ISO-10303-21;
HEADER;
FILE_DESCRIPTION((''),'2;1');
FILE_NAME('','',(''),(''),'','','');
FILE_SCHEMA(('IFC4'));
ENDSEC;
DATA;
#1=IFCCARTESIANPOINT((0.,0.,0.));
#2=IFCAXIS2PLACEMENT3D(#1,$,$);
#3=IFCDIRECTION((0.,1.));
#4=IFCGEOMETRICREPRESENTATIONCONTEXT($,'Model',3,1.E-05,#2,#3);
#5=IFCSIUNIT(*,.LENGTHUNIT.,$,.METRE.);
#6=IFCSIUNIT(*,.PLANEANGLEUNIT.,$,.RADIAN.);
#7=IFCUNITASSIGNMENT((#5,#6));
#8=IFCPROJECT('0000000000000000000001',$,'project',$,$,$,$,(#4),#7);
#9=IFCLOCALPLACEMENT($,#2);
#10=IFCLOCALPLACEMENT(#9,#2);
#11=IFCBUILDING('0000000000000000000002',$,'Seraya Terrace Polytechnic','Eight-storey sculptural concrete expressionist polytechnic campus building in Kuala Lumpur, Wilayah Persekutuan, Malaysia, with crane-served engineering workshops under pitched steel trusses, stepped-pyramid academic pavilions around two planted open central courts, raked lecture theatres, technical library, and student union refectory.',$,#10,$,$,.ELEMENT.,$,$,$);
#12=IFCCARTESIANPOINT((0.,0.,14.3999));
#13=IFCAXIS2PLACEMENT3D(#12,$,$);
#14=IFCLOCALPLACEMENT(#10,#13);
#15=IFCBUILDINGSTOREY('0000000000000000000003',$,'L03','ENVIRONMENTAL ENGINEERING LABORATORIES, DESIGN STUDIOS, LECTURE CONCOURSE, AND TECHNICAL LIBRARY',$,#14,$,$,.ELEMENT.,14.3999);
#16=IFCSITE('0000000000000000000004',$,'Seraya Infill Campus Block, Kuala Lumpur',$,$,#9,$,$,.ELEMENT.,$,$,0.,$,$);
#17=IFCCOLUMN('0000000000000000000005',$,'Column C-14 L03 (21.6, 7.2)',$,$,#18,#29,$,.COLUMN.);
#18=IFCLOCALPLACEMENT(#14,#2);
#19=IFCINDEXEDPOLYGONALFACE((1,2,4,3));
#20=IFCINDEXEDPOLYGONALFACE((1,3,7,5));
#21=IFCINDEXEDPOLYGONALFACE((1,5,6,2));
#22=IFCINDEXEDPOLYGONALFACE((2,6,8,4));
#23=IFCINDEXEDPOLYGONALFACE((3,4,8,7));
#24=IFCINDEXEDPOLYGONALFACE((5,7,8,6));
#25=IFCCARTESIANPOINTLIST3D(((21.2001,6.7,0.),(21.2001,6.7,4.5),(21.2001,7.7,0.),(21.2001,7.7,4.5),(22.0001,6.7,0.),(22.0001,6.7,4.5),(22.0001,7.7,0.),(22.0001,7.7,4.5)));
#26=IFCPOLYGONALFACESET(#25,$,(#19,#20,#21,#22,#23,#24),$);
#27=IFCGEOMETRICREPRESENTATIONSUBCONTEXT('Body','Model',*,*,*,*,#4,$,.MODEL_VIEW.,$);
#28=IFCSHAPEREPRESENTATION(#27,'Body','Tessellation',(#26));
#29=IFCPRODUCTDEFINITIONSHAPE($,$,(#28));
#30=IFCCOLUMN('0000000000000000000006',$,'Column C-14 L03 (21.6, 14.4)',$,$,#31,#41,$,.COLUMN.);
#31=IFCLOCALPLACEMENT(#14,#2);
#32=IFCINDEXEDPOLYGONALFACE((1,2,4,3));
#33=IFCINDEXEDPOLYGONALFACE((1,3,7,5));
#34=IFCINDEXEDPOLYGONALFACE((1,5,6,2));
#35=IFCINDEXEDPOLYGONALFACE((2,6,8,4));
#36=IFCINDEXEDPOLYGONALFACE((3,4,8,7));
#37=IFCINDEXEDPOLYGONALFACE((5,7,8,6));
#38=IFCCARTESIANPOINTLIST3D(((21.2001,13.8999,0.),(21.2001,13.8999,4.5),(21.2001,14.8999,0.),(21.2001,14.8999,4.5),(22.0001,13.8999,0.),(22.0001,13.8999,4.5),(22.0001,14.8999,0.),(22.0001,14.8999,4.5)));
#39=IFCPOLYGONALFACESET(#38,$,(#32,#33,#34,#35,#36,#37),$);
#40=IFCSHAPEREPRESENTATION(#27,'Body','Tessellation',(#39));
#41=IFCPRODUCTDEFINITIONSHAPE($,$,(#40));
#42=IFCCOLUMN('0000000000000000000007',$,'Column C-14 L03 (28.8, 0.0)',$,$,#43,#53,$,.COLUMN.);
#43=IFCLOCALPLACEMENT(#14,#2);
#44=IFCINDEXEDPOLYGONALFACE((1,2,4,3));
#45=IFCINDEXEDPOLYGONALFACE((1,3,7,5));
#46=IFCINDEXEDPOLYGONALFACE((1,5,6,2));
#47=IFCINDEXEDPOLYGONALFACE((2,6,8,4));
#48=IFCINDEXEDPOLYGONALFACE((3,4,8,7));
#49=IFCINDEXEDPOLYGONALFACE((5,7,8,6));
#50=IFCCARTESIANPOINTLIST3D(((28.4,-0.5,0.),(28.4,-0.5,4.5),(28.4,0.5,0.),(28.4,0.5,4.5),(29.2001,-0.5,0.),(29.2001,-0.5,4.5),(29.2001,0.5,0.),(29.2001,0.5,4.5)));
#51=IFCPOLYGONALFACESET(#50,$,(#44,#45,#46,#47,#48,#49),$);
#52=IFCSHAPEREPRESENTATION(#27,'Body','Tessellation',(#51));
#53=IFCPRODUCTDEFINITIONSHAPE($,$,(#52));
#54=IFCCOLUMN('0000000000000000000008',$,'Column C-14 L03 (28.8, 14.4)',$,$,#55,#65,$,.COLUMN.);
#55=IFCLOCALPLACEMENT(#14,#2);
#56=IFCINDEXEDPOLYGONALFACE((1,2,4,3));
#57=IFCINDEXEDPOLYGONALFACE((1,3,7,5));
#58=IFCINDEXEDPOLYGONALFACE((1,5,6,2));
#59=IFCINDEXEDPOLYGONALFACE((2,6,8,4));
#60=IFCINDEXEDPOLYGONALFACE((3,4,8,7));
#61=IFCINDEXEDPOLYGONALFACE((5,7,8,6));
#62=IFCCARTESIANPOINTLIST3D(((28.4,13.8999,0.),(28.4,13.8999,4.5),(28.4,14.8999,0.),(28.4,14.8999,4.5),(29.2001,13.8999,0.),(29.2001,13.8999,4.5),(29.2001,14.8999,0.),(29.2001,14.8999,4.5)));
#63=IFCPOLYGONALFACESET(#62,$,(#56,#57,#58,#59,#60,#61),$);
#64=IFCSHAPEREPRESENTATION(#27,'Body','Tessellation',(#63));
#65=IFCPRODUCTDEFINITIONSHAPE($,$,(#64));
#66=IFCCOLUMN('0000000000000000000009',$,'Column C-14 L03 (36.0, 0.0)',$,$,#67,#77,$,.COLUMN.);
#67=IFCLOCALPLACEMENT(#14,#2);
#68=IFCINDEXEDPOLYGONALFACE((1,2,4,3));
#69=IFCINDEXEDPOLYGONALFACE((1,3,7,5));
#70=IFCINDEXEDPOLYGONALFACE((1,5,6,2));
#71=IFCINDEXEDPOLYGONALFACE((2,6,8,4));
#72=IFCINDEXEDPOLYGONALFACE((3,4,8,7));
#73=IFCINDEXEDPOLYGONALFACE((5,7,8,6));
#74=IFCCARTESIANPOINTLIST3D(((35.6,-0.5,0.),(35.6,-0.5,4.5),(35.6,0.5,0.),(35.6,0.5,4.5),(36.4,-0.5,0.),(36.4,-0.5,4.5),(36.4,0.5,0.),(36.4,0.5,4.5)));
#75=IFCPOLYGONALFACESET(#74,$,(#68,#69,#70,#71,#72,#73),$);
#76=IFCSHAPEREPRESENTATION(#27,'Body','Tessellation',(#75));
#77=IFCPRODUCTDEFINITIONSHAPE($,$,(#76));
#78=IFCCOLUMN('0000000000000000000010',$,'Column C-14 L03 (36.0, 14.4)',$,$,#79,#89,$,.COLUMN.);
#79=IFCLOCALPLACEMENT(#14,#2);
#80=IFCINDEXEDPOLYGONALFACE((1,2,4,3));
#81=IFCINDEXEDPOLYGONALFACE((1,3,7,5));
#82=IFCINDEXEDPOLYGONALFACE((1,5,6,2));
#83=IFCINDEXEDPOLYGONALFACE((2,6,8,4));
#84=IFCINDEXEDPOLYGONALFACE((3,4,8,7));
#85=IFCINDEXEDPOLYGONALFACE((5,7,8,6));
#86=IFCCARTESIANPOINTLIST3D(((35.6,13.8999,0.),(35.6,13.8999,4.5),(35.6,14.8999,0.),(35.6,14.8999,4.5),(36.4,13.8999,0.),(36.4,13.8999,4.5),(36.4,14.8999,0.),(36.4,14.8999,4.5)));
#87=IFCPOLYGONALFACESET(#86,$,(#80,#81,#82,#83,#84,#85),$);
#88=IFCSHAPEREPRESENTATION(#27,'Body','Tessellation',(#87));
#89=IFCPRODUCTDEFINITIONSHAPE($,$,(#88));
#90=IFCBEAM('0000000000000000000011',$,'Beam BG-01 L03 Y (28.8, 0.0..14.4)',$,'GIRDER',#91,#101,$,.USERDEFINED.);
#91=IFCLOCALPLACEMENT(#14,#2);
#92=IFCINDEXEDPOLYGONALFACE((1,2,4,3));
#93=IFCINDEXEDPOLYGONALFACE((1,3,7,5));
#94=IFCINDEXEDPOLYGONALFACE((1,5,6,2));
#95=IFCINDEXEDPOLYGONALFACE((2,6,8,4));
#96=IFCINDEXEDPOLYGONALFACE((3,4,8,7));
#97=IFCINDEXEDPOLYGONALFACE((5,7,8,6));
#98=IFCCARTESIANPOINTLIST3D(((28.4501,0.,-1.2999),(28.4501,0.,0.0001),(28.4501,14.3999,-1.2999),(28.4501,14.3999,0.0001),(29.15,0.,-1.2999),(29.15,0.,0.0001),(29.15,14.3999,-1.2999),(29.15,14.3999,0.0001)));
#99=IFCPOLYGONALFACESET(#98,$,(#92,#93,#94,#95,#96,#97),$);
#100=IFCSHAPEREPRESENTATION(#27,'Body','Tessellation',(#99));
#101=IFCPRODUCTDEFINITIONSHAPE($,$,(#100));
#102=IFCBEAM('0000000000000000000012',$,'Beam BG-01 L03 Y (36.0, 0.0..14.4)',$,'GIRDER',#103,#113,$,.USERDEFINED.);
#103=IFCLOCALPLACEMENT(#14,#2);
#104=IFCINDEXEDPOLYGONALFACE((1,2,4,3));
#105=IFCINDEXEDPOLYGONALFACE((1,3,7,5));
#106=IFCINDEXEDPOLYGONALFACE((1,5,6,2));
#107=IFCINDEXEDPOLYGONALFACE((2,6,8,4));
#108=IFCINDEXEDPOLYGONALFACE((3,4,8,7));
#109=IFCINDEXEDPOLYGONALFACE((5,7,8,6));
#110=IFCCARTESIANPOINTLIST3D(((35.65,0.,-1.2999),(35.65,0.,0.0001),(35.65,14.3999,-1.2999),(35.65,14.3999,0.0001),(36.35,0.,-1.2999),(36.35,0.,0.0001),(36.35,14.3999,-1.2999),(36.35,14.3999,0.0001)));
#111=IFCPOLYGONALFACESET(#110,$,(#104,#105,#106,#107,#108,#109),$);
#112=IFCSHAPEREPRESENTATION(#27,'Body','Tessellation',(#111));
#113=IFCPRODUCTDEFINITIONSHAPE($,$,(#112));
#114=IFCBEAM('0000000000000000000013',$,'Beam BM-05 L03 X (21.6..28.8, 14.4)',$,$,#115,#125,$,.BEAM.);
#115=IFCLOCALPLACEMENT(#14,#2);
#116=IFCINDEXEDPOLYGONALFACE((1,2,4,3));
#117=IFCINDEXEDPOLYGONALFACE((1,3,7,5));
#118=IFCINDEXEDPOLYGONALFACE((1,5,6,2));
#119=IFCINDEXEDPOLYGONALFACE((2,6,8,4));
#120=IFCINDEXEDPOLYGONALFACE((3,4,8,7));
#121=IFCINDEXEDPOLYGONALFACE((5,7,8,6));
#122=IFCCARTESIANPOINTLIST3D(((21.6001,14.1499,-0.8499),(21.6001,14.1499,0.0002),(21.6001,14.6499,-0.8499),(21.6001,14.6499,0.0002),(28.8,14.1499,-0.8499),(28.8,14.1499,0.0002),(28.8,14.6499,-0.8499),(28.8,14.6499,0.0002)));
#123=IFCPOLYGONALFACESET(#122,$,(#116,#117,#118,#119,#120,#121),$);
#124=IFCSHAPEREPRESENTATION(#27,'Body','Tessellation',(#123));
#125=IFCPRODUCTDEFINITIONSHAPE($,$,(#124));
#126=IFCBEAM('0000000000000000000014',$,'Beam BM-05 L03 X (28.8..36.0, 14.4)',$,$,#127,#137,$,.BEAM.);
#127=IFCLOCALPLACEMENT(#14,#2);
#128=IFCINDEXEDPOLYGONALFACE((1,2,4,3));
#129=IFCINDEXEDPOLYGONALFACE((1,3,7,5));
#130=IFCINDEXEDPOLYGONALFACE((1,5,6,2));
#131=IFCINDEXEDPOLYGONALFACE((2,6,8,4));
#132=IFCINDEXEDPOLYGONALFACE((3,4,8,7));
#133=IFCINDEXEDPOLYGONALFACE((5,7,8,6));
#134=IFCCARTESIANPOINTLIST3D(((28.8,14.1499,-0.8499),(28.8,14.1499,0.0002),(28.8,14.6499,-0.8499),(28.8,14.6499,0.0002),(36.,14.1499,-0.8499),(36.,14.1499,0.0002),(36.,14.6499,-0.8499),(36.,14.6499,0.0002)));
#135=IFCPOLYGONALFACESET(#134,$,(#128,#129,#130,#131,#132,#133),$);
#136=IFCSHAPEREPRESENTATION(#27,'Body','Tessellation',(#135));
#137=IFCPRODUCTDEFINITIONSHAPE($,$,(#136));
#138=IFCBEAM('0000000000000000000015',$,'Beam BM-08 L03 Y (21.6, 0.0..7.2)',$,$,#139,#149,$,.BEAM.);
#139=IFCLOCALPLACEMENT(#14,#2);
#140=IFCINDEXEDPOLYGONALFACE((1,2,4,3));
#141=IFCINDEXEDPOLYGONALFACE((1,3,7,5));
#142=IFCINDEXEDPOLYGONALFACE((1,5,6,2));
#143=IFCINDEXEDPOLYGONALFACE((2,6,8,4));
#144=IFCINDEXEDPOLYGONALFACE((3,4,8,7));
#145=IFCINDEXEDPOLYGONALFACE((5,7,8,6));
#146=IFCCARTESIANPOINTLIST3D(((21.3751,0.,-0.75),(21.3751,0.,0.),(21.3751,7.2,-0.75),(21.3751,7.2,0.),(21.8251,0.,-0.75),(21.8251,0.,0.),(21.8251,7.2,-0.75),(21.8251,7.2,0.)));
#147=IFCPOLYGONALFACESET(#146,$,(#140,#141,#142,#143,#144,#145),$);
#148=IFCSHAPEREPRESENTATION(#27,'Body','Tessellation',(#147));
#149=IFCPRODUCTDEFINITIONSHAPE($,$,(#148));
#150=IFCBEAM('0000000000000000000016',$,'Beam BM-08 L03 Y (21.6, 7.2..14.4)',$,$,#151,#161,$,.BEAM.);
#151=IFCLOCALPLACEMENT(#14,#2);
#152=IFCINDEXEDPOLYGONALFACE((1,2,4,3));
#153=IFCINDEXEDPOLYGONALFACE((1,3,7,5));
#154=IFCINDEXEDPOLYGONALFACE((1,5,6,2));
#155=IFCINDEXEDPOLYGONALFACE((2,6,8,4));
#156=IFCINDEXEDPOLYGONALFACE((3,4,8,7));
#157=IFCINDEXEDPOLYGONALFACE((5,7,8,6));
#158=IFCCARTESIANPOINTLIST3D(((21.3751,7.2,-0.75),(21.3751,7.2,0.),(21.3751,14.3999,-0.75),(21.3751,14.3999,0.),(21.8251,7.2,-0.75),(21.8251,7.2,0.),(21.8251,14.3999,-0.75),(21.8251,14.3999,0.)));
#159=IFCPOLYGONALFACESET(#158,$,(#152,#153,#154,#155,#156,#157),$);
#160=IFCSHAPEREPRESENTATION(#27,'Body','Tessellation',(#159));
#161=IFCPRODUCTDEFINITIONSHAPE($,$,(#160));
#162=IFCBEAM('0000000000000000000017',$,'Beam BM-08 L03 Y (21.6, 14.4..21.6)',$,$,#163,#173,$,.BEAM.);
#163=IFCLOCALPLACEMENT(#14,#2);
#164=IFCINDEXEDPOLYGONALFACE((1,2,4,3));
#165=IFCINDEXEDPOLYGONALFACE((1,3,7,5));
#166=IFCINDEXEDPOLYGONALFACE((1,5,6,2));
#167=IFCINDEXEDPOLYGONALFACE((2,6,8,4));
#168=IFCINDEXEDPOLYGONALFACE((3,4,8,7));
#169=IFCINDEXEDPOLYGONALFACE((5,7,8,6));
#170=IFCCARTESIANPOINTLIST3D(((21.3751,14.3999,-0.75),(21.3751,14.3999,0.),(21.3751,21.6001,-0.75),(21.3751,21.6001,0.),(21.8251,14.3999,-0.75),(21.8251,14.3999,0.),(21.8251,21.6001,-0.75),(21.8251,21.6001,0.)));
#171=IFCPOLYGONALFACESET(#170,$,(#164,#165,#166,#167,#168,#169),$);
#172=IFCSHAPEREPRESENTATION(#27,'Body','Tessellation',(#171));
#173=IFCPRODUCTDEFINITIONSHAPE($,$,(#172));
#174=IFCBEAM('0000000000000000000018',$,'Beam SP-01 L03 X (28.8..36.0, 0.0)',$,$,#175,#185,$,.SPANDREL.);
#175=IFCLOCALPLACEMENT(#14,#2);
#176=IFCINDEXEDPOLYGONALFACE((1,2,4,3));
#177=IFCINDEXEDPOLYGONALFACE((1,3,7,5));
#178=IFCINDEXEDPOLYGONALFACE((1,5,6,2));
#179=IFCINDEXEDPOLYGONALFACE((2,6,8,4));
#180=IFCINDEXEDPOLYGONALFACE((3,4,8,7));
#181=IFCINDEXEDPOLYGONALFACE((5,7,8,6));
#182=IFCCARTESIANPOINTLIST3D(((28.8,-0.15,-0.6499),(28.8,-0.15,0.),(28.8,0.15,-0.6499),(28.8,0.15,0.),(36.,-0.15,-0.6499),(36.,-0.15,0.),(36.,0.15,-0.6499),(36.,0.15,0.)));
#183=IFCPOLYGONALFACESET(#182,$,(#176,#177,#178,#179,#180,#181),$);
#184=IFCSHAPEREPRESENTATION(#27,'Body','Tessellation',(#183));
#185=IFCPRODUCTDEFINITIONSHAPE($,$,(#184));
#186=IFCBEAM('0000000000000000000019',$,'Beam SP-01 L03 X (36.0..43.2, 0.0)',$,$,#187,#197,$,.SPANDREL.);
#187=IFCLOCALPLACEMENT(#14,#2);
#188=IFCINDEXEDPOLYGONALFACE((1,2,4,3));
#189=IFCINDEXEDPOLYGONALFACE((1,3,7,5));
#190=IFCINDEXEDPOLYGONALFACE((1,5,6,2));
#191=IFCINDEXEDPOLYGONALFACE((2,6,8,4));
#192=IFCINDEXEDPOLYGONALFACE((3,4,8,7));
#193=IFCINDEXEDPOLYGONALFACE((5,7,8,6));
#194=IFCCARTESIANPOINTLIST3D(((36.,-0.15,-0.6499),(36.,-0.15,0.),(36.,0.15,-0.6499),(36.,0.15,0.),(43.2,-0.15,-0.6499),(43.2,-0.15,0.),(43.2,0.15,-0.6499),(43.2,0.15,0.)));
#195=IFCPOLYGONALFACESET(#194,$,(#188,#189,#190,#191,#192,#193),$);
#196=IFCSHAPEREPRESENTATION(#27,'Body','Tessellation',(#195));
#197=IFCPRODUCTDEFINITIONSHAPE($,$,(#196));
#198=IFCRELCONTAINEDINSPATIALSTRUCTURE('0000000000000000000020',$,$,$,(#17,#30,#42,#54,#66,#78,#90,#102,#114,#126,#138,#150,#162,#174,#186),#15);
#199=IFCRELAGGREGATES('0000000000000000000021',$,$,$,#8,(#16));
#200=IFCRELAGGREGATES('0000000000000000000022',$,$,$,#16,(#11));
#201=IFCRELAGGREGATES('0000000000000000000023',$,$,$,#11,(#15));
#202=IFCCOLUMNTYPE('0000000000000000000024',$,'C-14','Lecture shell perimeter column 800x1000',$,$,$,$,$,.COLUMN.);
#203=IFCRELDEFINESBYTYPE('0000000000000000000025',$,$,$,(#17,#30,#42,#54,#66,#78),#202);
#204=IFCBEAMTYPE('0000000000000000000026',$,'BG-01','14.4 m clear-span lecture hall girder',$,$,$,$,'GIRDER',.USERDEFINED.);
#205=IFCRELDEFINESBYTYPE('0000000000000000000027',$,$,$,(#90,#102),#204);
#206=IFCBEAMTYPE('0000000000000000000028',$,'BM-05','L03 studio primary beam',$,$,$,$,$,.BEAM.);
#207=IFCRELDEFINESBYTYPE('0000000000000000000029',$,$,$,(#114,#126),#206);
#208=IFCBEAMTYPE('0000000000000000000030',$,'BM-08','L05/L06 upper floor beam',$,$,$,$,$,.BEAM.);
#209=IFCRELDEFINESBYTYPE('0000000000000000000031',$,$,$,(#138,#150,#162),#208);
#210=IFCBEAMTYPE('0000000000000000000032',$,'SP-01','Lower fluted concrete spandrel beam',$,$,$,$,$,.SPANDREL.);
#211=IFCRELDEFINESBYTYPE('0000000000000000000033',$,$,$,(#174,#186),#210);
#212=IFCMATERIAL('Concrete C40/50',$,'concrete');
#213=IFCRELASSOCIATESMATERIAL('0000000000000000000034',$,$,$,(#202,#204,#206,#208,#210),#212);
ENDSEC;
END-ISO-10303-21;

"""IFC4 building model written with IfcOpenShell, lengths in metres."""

from ifc_helpers import new_model, si_unit, direction, frame, origin, origin_2d, place, context, subcontext, project, spatial, rectangle, extrude, material, material_profile, profile_set, type_object, element, save


model = new_model("IFC4")

# Units and contexts
model_context = context("Model", 3, precision=1e-05, world=origin(), true_north=direction((0.0, 1.0)))
body_context = subcontext(model_context, "Body", "Model", "MODEL_VIEW")
ifc_project = project(units=[si_unit("LENGTHUNIT", "METRE"), si_unit("PLANEANGLEUNIT", "RADIAN")], contexts=[model_context])

# Site, building, storey
site_placement = place(None, origin())
site = spatial("IfcSite", under=ifc_project, at=site_placement, Name="Seraya Infill Campus Block, Kuala Lumpur", CompositionType="ELEMENT", RefElevation=0.0)
building_placement = place(site_placement, origin())
building = spatial("IfcBuilding", under=site, at=building_placement, Name="Seraya Terrace Polytechnic", Description="Eight-storey sculptural concrete expressionist polytechnic campus building in Kuala Lumpur, Wilayah Persekutuan, Malaysia, with crane-served engineering workshops under pitched steel trusses, stepped-pyramid academic pavilions around two planted open central courts, raked lecture theatres, technical library, and student union refectory.", CompositionType="ELEMENT")
storey_placement = place(building_placement, frame((0.0, 0.0, 14.3999)))
storey = spatial("IfcBuildingStorey", under=building, at=storey_placement, Name="L03", Description="ENVIRONMENTAL ENGINEERING LABORATORIES, DESIGN STUDIOS, LECTURE CONCOURSE, AND TECHNICAL LIBRARY", CompositionType="ELEMENT", Elevation=14.3999)

# Columns
ifc_material_1 = material(Name="Concrete C40/50", Category="concrete")
ifc_material_profile_1 = material_profile(ifc_material_1, rectangle(XDim=0.8, YDim=1.0, at=origin_2d()), Name="RC 800x1000")
ifc_profile_set_1 = profile_set([ifc_material_profile_1], Name="Concrete C40/50")
column_type = type_object("IfcColumnType", Name="C-14", Description="Lecture shell perimeter column 800x1000", PredefinedType="COLUMN", material=ifc_profile_set_1)
for number, where, z_axis, x_axis, name in (
    (1, (21.6001, 7.2, 0.0), (0.0, 0.0, 1.0), (1.0, 0.0, 0.0), "Column C-14 L03 (21.6, 7.2)"),
    (2, (21.6001, 14.3999, 0.0), (0.0, 0.0, 1.0), (1.0, 0.0, 0.0), "Column C-14 L03 (21.6, 14.4)"),
    (3, (28.8, 0.0, 0.0), (0.0, 0.0, 1.0), (1.0, 0.0, 0.0), "Column C-14 L03 (28.8, 0.0)"),
    (4, (28.8, 14.3999, 0.0), (0.0, 0.0, 1.0), (1.0, 0.0, 0.0), "Column C-14 L03 (28.8, 14.4)"),
    (5, (36.0, 0.0, 0.0), (0.0, 0.0, 1.0), (1.0, 0.0, 0.0), "Column C-14 L03 (36.0, 0.0)"),
    (6, (36.0, 14.3999, 0.0), (0.0, 0.0, 1.0), (1.0, 0.0, 0.0), "Column C-14 L03 (36.0, 14.4)"),
):
    element("IfcColumn", number, at=place(storey_placement, frame(where, z_axis=z_axis, x_axis=x_axis)), inside=storey, type_object=column_type, Name=name, PredefinedType="COLUMN", context=body_context, shape_type="SweptSolid", body=[
        extrude(rectangle(XDim=0.8, YDim=1.0, at=origin_2d()), origin(), (0.0, 0.0, 1.0), 4.5),
    ])

# Beams
ifc_material_profile_2 = material_profile(ifc_material_1, rectangle(XDim=0.7, YDim=1.3, at=origin_2d()), Name="RC 700x1300")
ifc_profile_set_2 = profile_set([ifc_material_profile_2], Name="Concrete C40/50")
beam_type_1 = type_object("IfcBeamType", Name="BG-01", Description="14.4 m clear-span lecture hall girder", ElementType="GIRDER", PredefinedType="USERDEFINED", material=ifc_profile_set_2)
for number, where, z_axis, x_axis, name in (
    (7, (28.8, 0.0, -0.6499), (0.0, 1.0, 0.0), (-1.0, 0.0, 0.0), "Beam BG-01 L03 Y (28.8, 0.0..14.4)"),
    (8, (36.0, 0.0, -0.6499), (0.0, 1.0, 0.0), (-1.0, 0.0, 0.0), "Beam BG-01 L03 Y (36.0, 0.0..14.4)"),
):
    element("IfcBeam", number, at=place(storey_placement, frame(where, z_axis=z_axis, x_axis=x_axis)), inside=storey, type_object=beam_type_1, Name=name, ObjectType="GIRDER", PredefinedType="USERDEFINED", context=body_context, shape_type="SweptSolid", body=[
        extrude(rectangle(XDim=0.7, YDim=1.3, at=origin_2d()), origin(), (0.0, 0.0, 1.0), 14.3999),
    ])
ifc_material_profile_3 = material_profile(ifc_material_1, rectangle(XDim=0.5, YDim=0.8501, at=origin_2d()), Name="RC 500x850")
ifc_profile_set_3 = profile_set([ifc_material_profile_3], Name="Concrete C40/50")
beam_type_2 = type_object("IfcBeamType", Name="BM-05", Description="L03 studio primary beam", PredefinedType="BEAM", material=ifc_profile_set_3)
for number, where, z_axis, x_axis, name in (
    (9, (21.6001, 14.3999, -0.4248), (1.0, 0.0, 0.0), (0.0, 1.0, 0.0), "Beam BM-05 L03 X (21.6..28.8, 14.4)"),
    (10, (28.8, 14.3999, -0.4248), (1.0, 0.0, 0.0), (0.0, 1.0, 0.0), "Beam BM-05 L03 X (28.8..36.0, 14.4)"),
):
    element("IfcBeam", number, at=place(storey_placement, frame(where, z_axis=z_axis, x_axis=x_axis)), inside=storey, type_object=beam_type_2, Name=name, PredefinedType="BEAM", context=body_context, shape_type="SweptSolid", body=[
        extrude(rectangle(XDim=0.5, YDim=0.8501, at=origin_2d()), origin(), (0.0, 0.0, 1.0), 7.2),
    ])
ifc_material_profile_4 = material_profile(ifc_material_1, rectangle(XDim=0.45, YDim=0.75, at=origin_2d()), Name="RC 450x750")
ifc_profile_set_4 = profile_set([ifc_material_profile_4], Name="Concrete C40/50")
beam_type_3 = type_object("IfcBeamType", Name="BM-08", Description="L05/L06 upper floor beam", PredefinedType="BEAM", material=ifc_profile_set_4)
for number, where, z_axis, x_axis, name in (
    (11, (21.6001, 0.0, -0.375), (0.0, 1.0, 0.0), (-1.0, 0.0, 0.0), "Beam BM-08 L03 Y (21.6, 0.0..7.2)"),
    (12, (21.6001, 7.2, -0.375), (0.0, 1.0, 0.0), (-1.0, 0.0, 0.0), "Beam BM-08 L03 Y (21.6, 7.2..14.4)"),
):
    element("IfcBeam", number, at=place(storey_placement, frame(where, z_axis=z_axis, x_axis=x_axis)), inside=storey, type_object=beam_type_3, Name=name, PredefinedType="BEAM", context=body_context, shape_type="SweptSolid", body=[
        extrude(rectangle(XDim=0.45, YDim=0.75, at=origin_2d()), origin(), (0.0, 0.0, 1.0), 7.2),
    ])
beam_placement = place(storey_placement, frame((21.6001, 14.3999, -0.375), z_axis=(0.0, 1.0, 0.0), x_axis=(-1.0, 0.0, 0.0)))
element("IfcBeam", 13, at=beam_placement, inside=storey, type_object=beam_type_3, Name="Beam BM-08 L03 Y (21.6, 14.4..21.6)", PredefinedType="BEAM", context=body_context, shape_type="SweptSolid", body=[
    extrude(rectangle(XDim=0.45, YDim=0.75, at=origin_2d()), origin(), (0.0, 0.0, 1.0), 7.2002),
])
ifc_material_profile_5 = material_profile(ifc_material_1, rectangle(XDim=0.3, YDim=0.6499, at=origin_2d()), Name="RC 300x650")
ifc_profile_set_5 = profile_set([ifc_material_profile_5], Name="Concrete C40/50")
beam_type_4 = type_object("IfcBeamType", Name="SP-01", Description="Lower fluted concrete spandrel beam", PredefinedType="SPANDREL", material=ifc_profile_set_5)
for number, where, z_axis, x_axis, name in (
    (14, (28.8, 0.0, -0.325), (1.0, 0.0, 0.0), (0.0, 1.0, 0.0), "Beam SP-01 L03 X (28.8..36.0, 0.0)"),
    (15, (36.0, 0.0, -0.325), (1.0, 0.0, 0.0), (0.0, 1.0, 0.0), "Beam SP-01 L03 X (36.0..43.2, 0.0)"),
):
    element("IfcBeam", number, at=place(storey_placement, frame(where, z_axis=z_axis, x_axis=x_axis)), inside=storey, type_object=beam_type_4, Name=name, PredefinedType="SPANDREL", context=body_context, shape_type="SweptSolid", body=[
        extrude(rectangle(XDim=0.3, YDim=0.6499, at=origin_2d()), origin(), (0.0, 0.0, 1.0), 7.2),
    ])

save(model, "model.ifc")
